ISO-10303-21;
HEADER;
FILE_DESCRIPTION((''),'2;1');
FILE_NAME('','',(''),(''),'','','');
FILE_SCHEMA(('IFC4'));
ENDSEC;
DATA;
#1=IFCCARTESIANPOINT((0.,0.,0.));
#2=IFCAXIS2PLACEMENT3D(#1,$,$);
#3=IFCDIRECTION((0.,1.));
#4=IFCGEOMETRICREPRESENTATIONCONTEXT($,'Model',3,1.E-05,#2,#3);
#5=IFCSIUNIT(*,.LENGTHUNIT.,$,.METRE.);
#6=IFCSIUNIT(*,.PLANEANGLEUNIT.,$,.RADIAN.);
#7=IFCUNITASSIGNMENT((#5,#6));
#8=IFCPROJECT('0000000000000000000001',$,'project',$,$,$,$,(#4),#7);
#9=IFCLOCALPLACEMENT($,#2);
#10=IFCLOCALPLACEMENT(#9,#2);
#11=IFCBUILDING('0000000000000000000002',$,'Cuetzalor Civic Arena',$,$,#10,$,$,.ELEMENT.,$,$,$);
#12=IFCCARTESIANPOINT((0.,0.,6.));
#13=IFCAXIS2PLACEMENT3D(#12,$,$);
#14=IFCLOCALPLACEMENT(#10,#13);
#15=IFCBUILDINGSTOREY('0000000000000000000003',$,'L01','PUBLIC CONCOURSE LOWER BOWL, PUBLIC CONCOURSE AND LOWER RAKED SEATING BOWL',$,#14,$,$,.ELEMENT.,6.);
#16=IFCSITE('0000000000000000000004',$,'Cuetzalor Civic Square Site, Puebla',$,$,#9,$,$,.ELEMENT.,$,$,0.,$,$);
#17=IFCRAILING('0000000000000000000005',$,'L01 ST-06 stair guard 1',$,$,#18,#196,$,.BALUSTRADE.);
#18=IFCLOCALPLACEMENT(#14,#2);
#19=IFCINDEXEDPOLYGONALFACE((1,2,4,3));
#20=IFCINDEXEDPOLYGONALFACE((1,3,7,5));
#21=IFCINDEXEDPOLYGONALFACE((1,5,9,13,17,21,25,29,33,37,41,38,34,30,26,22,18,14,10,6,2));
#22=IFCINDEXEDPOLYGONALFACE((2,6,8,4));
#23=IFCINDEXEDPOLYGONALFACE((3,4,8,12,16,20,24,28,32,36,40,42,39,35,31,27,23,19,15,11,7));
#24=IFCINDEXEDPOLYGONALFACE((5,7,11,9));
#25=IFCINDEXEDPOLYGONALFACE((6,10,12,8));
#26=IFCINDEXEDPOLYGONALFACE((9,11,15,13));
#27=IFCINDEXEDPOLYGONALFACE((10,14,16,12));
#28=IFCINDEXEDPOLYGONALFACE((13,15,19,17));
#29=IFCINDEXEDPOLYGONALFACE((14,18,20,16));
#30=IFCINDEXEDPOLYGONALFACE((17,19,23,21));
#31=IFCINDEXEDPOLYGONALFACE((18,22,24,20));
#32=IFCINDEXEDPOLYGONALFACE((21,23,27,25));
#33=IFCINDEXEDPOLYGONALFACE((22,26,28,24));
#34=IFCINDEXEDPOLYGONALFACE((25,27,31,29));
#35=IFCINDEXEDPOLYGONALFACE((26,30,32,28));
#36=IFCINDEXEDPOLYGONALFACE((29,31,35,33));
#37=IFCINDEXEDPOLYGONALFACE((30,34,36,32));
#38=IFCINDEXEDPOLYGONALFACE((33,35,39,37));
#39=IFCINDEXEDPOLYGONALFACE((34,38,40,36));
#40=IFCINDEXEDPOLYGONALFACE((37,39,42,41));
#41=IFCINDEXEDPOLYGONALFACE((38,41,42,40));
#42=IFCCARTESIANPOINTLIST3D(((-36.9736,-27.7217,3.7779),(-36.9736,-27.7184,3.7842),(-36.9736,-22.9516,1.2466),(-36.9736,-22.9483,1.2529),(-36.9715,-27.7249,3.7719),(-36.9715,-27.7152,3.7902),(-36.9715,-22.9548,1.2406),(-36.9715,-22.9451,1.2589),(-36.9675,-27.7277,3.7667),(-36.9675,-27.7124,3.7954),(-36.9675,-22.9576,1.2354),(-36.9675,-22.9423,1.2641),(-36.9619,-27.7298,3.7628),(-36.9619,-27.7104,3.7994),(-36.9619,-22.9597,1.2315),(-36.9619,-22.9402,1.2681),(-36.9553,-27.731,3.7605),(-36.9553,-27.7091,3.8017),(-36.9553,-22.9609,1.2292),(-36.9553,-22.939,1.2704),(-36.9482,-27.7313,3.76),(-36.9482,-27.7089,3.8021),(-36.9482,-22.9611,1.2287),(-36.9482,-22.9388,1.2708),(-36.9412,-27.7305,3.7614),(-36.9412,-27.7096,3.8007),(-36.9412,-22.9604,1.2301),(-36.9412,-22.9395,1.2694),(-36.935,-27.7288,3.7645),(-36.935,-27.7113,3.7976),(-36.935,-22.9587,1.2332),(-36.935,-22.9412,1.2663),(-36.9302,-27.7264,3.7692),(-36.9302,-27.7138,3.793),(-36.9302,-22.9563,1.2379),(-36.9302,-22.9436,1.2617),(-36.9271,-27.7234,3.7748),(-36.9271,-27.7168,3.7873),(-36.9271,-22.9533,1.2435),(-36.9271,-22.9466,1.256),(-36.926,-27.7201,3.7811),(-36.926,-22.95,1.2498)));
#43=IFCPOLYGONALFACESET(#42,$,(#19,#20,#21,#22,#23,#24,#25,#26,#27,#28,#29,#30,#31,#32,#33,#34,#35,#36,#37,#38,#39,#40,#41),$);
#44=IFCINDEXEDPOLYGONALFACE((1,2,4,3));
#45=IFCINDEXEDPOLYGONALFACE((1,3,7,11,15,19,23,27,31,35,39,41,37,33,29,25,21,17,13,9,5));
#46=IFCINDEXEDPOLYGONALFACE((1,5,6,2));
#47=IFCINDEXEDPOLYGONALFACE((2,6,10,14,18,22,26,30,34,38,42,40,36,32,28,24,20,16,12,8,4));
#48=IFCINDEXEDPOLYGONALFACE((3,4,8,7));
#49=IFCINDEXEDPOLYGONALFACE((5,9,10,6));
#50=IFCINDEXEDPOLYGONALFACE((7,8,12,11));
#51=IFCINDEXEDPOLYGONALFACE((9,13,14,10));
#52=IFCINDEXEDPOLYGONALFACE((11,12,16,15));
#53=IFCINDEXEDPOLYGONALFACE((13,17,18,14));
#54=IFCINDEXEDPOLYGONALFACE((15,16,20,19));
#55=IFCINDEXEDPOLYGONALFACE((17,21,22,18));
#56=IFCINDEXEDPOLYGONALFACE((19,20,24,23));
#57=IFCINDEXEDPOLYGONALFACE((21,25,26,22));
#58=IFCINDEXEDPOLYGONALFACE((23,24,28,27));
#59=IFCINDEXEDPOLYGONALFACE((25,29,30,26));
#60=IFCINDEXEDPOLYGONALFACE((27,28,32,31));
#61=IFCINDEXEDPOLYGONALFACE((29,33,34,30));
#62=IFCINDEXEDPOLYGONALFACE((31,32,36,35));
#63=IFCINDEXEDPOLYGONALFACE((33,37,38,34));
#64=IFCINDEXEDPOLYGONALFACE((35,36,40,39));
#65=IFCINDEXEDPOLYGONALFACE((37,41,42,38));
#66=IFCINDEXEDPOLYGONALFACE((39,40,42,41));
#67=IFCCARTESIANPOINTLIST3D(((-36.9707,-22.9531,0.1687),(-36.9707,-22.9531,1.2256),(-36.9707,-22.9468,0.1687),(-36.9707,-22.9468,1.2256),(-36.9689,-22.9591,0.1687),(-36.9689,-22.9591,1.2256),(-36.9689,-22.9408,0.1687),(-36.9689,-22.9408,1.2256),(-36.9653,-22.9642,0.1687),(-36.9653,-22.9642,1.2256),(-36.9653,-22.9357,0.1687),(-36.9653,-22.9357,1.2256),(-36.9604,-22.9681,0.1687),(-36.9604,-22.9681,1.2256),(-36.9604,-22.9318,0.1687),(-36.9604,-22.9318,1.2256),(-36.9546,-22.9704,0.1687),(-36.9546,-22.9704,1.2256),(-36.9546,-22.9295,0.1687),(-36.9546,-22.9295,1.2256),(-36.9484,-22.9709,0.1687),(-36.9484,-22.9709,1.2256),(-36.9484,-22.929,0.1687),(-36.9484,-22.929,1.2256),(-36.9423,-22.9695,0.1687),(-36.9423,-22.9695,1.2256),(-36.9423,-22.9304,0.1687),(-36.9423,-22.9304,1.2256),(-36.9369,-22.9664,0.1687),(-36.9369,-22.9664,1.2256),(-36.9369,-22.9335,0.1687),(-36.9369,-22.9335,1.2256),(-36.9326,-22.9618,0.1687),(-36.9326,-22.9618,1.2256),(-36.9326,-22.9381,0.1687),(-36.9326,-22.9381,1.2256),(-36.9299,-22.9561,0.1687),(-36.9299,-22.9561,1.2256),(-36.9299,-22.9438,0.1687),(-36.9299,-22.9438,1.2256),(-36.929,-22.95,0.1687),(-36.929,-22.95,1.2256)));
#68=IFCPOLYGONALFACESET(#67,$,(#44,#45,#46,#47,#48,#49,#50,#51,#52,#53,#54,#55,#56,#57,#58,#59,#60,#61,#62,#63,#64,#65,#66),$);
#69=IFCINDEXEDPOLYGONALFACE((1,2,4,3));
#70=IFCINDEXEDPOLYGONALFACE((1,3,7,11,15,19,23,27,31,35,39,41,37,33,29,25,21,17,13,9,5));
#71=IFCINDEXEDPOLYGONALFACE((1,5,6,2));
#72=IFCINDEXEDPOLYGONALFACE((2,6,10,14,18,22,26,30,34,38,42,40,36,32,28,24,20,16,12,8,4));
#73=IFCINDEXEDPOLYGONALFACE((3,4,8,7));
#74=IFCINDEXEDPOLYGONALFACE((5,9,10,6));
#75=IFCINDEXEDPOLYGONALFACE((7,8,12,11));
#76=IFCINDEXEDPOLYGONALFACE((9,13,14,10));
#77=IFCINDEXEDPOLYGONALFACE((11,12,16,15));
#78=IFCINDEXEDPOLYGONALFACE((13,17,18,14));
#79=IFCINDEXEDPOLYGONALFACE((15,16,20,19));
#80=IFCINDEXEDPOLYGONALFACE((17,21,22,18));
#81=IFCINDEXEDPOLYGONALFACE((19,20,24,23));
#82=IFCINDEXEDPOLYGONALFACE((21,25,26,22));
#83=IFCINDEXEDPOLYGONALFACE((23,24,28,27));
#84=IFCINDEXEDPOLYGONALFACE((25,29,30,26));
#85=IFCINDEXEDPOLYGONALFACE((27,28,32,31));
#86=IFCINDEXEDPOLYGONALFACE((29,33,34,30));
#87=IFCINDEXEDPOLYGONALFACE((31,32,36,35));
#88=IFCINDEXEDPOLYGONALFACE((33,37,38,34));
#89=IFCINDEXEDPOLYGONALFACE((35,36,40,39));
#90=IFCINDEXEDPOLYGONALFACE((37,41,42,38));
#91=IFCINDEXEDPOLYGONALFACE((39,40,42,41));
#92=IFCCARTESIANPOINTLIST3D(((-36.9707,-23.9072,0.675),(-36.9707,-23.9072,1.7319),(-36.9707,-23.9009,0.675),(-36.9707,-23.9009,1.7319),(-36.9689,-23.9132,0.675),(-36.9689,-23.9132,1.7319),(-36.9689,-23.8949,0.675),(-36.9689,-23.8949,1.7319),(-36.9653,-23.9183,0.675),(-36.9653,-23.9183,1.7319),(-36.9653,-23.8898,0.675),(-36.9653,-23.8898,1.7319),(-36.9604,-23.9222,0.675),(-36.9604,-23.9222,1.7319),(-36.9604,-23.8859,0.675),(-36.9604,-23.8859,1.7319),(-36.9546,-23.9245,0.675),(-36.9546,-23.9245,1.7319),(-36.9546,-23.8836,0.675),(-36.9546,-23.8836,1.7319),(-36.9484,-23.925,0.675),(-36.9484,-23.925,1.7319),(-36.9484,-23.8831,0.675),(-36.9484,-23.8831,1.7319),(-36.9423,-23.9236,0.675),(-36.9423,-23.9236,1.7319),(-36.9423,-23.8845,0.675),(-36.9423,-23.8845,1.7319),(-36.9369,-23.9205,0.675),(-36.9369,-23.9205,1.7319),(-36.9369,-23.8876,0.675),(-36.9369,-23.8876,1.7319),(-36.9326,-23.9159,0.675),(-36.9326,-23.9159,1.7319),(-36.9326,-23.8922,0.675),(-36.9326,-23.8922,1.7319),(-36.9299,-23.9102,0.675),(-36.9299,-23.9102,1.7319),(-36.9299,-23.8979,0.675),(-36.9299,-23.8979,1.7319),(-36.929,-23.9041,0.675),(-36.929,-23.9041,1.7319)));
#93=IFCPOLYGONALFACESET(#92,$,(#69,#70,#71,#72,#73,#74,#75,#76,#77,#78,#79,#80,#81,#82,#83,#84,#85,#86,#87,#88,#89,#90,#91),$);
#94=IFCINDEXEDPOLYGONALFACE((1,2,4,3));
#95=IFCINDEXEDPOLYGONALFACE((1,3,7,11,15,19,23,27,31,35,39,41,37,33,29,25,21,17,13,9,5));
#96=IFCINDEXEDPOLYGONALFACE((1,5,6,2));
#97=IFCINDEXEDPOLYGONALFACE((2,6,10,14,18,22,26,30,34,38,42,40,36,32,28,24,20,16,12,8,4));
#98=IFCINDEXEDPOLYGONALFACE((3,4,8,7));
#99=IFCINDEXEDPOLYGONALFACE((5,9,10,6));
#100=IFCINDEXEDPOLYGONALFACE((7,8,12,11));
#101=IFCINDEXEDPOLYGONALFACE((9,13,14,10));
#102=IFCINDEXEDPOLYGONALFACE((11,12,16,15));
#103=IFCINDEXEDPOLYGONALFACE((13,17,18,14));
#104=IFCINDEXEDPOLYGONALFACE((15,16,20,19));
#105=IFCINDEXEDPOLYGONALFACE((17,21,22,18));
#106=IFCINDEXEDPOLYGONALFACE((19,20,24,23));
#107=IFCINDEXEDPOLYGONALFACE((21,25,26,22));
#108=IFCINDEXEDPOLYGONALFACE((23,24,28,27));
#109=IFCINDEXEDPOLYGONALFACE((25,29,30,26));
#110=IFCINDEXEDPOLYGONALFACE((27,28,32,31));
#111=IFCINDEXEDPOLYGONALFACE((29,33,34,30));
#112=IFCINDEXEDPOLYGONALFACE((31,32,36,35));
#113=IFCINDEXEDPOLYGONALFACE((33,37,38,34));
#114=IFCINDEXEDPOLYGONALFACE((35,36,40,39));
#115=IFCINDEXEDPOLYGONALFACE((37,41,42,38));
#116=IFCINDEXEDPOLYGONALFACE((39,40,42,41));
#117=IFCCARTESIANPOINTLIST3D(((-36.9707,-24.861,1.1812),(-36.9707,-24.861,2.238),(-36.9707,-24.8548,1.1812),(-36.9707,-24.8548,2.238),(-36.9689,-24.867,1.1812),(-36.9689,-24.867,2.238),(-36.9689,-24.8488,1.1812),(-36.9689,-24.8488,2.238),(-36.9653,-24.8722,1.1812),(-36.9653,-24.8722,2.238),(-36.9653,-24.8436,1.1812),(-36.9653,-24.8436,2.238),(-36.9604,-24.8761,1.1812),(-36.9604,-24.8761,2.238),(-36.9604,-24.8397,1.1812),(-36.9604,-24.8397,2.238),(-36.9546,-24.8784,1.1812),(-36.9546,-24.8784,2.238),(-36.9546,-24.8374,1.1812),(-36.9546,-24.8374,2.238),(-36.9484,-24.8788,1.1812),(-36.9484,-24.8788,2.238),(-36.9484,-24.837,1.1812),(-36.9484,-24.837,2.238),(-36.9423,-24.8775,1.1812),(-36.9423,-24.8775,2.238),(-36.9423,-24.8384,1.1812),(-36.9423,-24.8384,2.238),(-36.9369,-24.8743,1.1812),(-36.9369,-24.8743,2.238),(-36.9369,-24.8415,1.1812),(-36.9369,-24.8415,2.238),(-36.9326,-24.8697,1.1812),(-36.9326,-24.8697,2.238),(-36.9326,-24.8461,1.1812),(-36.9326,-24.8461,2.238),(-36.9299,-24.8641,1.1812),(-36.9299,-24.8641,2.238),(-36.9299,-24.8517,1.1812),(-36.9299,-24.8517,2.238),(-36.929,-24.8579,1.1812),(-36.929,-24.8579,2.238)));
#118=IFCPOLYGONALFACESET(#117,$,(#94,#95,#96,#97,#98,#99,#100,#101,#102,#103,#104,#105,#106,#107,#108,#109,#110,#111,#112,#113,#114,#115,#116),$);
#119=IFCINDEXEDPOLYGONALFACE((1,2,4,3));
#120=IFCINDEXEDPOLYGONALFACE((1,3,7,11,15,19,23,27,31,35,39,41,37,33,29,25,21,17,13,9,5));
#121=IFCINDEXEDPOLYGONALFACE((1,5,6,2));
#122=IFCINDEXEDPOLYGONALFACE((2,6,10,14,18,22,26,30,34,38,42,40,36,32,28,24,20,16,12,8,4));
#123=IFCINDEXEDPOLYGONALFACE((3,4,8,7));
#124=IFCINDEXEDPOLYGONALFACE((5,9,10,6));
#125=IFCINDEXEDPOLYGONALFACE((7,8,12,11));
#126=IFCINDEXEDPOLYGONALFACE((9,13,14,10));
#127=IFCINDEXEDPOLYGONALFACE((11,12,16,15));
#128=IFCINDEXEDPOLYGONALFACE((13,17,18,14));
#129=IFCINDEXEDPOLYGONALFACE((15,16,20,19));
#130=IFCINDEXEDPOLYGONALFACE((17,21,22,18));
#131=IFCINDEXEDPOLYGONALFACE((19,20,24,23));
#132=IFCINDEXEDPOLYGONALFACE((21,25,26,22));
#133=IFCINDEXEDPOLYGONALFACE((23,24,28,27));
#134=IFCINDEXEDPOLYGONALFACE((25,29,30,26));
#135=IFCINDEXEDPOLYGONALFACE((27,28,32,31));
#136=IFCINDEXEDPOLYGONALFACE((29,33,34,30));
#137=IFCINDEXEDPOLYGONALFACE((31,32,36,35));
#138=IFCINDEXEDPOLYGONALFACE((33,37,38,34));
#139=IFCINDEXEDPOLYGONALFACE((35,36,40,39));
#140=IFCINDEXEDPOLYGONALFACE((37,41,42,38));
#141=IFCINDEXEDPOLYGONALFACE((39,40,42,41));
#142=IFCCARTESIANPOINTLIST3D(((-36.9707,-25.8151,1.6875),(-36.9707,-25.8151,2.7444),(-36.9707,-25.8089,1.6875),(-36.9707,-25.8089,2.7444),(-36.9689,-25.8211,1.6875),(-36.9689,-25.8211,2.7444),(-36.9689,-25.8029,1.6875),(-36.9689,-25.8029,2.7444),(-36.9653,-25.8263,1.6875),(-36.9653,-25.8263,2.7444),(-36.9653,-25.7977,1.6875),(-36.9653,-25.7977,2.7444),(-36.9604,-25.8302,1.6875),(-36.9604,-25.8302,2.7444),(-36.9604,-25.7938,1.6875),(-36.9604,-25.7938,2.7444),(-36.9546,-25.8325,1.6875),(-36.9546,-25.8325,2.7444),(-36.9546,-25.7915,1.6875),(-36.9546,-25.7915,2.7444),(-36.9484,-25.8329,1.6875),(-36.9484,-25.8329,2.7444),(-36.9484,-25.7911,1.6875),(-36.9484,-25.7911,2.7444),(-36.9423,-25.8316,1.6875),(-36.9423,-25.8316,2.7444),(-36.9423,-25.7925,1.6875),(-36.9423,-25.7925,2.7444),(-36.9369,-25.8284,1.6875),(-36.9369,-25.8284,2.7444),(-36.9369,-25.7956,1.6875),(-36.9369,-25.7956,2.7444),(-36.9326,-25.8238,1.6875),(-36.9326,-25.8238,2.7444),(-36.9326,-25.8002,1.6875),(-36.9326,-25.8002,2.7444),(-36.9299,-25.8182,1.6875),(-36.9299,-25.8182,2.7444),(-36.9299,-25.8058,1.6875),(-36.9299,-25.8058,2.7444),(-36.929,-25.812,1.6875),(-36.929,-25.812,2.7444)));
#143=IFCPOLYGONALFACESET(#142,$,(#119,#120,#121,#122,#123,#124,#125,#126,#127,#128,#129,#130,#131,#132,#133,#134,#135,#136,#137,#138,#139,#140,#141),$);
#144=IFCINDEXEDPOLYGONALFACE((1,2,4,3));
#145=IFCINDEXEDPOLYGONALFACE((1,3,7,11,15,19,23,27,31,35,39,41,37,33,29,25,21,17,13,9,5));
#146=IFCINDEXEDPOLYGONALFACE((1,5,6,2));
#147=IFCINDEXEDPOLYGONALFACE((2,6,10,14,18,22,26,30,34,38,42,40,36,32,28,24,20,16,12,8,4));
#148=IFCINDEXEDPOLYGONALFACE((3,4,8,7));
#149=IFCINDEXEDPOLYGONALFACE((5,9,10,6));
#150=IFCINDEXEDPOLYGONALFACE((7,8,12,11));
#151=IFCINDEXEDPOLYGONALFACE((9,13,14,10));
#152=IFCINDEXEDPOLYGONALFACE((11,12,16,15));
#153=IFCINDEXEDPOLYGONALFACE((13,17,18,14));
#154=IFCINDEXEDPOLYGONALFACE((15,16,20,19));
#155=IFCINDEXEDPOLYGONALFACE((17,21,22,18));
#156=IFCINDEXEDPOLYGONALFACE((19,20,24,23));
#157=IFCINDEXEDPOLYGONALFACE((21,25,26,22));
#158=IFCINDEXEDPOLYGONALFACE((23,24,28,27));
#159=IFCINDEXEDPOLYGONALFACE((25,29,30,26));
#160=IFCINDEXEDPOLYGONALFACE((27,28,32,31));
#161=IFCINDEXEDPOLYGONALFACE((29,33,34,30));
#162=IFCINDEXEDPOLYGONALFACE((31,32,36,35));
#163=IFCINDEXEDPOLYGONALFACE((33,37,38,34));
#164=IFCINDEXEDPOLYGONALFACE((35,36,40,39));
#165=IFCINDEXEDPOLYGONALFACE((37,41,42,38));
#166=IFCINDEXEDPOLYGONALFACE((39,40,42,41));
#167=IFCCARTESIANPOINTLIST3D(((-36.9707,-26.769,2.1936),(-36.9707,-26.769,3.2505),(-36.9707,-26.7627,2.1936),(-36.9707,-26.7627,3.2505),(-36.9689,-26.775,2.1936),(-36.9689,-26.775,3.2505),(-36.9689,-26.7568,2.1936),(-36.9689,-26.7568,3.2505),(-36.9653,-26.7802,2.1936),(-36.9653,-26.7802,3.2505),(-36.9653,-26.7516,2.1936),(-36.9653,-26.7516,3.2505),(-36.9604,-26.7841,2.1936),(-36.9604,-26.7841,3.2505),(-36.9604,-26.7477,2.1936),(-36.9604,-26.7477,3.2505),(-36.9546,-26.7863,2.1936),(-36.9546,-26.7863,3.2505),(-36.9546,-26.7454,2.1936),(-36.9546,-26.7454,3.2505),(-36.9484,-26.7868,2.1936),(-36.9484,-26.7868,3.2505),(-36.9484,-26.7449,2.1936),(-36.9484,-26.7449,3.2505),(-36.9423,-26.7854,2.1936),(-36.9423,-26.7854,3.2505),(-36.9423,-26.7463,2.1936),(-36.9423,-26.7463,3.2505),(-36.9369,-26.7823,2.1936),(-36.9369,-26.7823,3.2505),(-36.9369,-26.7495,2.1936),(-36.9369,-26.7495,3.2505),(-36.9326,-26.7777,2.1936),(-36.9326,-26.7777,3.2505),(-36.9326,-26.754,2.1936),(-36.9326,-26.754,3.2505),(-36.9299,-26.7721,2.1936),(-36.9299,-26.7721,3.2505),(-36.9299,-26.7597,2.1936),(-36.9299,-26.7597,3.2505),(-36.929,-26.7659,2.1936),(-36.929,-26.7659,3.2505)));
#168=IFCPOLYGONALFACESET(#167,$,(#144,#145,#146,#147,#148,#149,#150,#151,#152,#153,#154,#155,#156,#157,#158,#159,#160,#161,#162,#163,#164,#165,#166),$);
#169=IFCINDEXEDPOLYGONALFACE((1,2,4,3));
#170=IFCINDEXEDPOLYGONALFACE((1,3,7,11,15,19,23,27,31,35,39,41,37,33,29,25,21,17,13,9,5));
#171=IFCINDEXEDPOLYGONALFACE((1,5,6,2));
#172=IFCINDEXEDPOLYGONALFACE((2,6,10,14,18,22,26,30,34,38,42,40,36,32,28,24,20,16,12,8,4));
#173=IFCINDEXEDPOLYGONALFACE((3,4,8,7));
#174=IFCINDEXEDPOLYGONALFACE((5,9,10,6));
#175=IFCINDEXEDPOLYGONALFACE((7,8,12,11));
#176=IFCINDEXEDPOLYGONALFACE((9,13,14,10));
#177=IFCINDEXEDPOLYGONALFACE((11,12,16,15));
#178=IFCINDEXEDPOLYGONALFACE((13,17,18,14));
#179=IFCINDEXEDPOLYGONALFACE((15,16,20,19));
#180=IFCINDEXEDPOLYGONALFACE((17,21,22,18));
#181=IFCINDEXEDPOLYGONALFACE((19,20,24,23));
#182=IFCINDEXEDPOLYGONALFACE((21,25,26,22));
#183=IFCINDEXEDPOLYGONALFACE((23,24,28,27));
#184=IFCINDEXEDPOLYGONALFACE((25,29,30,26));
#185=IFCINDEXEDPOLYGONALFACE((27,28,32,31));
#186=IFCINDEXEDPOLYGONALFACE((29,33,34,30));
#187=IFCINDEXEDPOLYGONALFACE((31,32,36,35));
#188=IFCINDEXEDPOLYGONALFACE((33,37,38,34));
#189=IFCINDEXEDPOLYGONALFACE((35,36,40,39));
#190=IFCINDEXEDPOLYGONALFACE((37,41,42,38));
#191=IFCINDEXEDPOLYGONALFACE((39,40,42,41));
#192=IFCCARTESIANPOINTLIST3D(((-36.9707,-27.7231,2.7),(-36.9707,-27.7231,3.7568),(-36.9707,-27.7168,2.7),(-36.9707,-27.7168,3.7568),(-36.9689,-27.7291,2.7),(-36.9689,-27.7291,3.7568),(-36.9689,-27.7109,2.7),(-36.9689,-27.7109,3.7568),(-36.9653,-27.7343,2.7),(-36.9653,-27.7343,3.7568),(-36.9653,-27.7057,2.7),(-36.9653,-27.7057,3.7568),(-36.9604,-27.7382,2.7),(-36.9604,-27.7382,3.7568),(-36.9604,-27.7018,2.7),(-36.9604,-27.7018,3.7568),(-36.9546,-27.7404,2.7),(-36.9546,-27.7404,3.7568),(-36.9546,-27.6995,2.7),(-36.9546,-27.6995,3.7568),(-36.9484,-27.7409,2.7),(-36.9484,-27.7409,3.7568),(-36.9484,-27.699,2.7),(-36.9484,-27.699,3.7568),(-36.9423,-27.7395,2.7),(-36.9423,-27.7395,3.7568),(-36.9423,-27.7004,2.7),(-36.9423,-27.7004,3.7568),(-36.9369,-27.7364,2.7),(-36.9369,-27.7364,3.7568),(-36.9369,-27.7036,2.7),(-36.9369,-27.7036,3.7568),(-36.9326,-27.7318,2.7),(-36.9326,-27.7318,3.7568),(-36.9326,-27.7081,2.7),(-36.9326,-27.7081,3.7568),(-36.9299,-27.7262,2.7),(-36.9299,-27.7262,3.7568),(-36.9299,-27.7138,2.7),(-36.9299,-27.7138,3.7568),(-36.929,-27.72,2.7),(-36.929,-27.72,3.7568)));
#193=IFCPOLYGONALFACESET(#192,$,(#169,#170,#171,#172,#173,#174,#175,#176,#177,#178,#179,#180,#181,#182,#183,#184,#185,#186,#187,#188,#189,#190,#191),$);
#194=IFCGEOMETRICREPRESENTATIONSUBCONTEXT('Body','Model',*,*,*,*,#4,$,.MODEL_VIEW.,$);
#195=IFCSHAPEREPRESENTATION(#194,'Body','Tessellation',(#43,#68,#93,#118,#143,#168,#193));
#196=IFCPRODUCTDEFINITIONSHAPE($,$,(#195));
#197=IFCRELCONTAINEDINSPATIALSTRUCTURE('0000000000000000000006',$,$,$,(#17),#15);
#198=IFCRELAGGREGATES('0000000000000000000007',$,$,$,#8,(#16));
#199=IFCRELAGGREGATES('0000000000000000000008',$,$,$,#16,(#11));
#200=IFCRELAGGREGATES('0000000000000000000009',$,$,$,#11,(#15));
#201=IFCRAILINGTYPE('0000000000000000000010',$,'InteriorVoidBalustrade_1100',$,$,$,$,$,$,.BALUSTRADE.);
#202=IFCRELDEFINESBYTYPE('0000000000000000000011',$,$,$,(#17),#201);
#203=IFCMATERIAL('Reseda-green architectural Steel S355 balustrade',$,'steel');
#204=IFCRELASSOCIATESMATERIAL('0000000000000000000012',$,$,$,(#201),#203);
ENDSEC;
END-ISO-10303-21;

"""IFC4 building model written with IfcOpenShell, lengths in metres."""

from ifc_helpers import new_model, si_unit, direction, frame, origin, origin_2d, place, context, subcontext, project, spatial, circle, extrude, material, type_object, element, save


model = new_model("IFC4")

# Units and contexts
model_context = context("Model", 3, precision=1e-05, world=origin(), true_north=direction((0.0, 1.0)))
body_context = subcontext(model_context, "Body", "Model", "MODEL_VIEW")
ifc_project = project(units=[si_unit("LENGTHUNIT", "METRE"), si_unit("PLANEANGLEUNIT", "RADIAN")], contexts=[model_context])

# Site, building, storey
site_placement = place(None, origin())
site = spatial("IfcSite", under=ifc_project, at=site_placement, Name="Cuetzalor Civic Square Site, Puebla", CompositionType="ELEMENT", RefElevation=0.0)
building_placement = place(site_placement, origin())
building = spatial("IfcBuilding", under=site, at=building_placement, Name="Cuetzalor Civic Arena", CompositionType="ELEMENT")
storey_placement = place(building_placement, frame((0.0, 0.0, 6.0)))
storey = spatial("IfcBuildingStorey", under=building, at=storey_placement, Name="L01", Description="PUBLIC CONCOURSE LOWER BOWL, PUBLIC CONCOURSE AND LOWER RAKED SEATING BOWL", CompositionType="ELEMENT", Elevation=6.0)

# Railing
ifc_material_1 = material(Name="Reseda-green architectural Steel S355 balustrade", Category="steel")
railing_type_1 = type_object("IfcRailingType", Name="InteriorVoidBalustrade_1100", PredefinedType="BALUSTRADE", material=ifc_material_1)
railing_1_placement = place(storey_placement, frame((-36.95, -22.95, 0.1687)))
element("IfcRailing", 1, at=railing_1_placement, inside=storey, type_object=railing_type_1, Name="L01 ST-06 stair guard 1", PredefinedType="BALUSTRADE", context=body_context, shape_type="SweptSolid", body=[
    extrude(circle(Radius=0.0239, at=origin_2d()), frame((0.0, 0.0, 1.0811), z_axis=(0.0, -0.883332, 0.468747), x_axis=(1.0, 0.0, 0.0)), (0.0, 0.0, 1.0), 5.4001),
    extrude(circle(Radius=0.021, at=origin_2d()), origin(), (0.0, 0.0, 1.0), 1.0569),
    extrude(circle(Radius=0.021, at=origin_2d()), frame((0.0, -0.9541, 0.5063)), (0.0, 0.0, 1.0), 1.0569),
    extrude(circle(Radius=0.021, at=origin_2d()), frame((0.0, -1.908, 1.0125)), (0.0, 0.0, 1.0), 1.0569),
    extrude(circle(Radius=0.021, at=origin_2d()), frame((0.0, -2.8621, 1.5188)), (0.0, 0.0, 1.0), 1.0569),
    extrude(circle(Radius=0.021, at=origin_2d()), frame((0.0, -3.8159, 2.0249)), (0.0, 0.0, 1.0), 1.0569),
    extrude(circle(Radius=0.021, at=origin_2d()), frame((0.0, -4.77, 2.5312)), (0.0, 0.0, 1.0), 1.0569),
])

save(model, "model.ifc")
